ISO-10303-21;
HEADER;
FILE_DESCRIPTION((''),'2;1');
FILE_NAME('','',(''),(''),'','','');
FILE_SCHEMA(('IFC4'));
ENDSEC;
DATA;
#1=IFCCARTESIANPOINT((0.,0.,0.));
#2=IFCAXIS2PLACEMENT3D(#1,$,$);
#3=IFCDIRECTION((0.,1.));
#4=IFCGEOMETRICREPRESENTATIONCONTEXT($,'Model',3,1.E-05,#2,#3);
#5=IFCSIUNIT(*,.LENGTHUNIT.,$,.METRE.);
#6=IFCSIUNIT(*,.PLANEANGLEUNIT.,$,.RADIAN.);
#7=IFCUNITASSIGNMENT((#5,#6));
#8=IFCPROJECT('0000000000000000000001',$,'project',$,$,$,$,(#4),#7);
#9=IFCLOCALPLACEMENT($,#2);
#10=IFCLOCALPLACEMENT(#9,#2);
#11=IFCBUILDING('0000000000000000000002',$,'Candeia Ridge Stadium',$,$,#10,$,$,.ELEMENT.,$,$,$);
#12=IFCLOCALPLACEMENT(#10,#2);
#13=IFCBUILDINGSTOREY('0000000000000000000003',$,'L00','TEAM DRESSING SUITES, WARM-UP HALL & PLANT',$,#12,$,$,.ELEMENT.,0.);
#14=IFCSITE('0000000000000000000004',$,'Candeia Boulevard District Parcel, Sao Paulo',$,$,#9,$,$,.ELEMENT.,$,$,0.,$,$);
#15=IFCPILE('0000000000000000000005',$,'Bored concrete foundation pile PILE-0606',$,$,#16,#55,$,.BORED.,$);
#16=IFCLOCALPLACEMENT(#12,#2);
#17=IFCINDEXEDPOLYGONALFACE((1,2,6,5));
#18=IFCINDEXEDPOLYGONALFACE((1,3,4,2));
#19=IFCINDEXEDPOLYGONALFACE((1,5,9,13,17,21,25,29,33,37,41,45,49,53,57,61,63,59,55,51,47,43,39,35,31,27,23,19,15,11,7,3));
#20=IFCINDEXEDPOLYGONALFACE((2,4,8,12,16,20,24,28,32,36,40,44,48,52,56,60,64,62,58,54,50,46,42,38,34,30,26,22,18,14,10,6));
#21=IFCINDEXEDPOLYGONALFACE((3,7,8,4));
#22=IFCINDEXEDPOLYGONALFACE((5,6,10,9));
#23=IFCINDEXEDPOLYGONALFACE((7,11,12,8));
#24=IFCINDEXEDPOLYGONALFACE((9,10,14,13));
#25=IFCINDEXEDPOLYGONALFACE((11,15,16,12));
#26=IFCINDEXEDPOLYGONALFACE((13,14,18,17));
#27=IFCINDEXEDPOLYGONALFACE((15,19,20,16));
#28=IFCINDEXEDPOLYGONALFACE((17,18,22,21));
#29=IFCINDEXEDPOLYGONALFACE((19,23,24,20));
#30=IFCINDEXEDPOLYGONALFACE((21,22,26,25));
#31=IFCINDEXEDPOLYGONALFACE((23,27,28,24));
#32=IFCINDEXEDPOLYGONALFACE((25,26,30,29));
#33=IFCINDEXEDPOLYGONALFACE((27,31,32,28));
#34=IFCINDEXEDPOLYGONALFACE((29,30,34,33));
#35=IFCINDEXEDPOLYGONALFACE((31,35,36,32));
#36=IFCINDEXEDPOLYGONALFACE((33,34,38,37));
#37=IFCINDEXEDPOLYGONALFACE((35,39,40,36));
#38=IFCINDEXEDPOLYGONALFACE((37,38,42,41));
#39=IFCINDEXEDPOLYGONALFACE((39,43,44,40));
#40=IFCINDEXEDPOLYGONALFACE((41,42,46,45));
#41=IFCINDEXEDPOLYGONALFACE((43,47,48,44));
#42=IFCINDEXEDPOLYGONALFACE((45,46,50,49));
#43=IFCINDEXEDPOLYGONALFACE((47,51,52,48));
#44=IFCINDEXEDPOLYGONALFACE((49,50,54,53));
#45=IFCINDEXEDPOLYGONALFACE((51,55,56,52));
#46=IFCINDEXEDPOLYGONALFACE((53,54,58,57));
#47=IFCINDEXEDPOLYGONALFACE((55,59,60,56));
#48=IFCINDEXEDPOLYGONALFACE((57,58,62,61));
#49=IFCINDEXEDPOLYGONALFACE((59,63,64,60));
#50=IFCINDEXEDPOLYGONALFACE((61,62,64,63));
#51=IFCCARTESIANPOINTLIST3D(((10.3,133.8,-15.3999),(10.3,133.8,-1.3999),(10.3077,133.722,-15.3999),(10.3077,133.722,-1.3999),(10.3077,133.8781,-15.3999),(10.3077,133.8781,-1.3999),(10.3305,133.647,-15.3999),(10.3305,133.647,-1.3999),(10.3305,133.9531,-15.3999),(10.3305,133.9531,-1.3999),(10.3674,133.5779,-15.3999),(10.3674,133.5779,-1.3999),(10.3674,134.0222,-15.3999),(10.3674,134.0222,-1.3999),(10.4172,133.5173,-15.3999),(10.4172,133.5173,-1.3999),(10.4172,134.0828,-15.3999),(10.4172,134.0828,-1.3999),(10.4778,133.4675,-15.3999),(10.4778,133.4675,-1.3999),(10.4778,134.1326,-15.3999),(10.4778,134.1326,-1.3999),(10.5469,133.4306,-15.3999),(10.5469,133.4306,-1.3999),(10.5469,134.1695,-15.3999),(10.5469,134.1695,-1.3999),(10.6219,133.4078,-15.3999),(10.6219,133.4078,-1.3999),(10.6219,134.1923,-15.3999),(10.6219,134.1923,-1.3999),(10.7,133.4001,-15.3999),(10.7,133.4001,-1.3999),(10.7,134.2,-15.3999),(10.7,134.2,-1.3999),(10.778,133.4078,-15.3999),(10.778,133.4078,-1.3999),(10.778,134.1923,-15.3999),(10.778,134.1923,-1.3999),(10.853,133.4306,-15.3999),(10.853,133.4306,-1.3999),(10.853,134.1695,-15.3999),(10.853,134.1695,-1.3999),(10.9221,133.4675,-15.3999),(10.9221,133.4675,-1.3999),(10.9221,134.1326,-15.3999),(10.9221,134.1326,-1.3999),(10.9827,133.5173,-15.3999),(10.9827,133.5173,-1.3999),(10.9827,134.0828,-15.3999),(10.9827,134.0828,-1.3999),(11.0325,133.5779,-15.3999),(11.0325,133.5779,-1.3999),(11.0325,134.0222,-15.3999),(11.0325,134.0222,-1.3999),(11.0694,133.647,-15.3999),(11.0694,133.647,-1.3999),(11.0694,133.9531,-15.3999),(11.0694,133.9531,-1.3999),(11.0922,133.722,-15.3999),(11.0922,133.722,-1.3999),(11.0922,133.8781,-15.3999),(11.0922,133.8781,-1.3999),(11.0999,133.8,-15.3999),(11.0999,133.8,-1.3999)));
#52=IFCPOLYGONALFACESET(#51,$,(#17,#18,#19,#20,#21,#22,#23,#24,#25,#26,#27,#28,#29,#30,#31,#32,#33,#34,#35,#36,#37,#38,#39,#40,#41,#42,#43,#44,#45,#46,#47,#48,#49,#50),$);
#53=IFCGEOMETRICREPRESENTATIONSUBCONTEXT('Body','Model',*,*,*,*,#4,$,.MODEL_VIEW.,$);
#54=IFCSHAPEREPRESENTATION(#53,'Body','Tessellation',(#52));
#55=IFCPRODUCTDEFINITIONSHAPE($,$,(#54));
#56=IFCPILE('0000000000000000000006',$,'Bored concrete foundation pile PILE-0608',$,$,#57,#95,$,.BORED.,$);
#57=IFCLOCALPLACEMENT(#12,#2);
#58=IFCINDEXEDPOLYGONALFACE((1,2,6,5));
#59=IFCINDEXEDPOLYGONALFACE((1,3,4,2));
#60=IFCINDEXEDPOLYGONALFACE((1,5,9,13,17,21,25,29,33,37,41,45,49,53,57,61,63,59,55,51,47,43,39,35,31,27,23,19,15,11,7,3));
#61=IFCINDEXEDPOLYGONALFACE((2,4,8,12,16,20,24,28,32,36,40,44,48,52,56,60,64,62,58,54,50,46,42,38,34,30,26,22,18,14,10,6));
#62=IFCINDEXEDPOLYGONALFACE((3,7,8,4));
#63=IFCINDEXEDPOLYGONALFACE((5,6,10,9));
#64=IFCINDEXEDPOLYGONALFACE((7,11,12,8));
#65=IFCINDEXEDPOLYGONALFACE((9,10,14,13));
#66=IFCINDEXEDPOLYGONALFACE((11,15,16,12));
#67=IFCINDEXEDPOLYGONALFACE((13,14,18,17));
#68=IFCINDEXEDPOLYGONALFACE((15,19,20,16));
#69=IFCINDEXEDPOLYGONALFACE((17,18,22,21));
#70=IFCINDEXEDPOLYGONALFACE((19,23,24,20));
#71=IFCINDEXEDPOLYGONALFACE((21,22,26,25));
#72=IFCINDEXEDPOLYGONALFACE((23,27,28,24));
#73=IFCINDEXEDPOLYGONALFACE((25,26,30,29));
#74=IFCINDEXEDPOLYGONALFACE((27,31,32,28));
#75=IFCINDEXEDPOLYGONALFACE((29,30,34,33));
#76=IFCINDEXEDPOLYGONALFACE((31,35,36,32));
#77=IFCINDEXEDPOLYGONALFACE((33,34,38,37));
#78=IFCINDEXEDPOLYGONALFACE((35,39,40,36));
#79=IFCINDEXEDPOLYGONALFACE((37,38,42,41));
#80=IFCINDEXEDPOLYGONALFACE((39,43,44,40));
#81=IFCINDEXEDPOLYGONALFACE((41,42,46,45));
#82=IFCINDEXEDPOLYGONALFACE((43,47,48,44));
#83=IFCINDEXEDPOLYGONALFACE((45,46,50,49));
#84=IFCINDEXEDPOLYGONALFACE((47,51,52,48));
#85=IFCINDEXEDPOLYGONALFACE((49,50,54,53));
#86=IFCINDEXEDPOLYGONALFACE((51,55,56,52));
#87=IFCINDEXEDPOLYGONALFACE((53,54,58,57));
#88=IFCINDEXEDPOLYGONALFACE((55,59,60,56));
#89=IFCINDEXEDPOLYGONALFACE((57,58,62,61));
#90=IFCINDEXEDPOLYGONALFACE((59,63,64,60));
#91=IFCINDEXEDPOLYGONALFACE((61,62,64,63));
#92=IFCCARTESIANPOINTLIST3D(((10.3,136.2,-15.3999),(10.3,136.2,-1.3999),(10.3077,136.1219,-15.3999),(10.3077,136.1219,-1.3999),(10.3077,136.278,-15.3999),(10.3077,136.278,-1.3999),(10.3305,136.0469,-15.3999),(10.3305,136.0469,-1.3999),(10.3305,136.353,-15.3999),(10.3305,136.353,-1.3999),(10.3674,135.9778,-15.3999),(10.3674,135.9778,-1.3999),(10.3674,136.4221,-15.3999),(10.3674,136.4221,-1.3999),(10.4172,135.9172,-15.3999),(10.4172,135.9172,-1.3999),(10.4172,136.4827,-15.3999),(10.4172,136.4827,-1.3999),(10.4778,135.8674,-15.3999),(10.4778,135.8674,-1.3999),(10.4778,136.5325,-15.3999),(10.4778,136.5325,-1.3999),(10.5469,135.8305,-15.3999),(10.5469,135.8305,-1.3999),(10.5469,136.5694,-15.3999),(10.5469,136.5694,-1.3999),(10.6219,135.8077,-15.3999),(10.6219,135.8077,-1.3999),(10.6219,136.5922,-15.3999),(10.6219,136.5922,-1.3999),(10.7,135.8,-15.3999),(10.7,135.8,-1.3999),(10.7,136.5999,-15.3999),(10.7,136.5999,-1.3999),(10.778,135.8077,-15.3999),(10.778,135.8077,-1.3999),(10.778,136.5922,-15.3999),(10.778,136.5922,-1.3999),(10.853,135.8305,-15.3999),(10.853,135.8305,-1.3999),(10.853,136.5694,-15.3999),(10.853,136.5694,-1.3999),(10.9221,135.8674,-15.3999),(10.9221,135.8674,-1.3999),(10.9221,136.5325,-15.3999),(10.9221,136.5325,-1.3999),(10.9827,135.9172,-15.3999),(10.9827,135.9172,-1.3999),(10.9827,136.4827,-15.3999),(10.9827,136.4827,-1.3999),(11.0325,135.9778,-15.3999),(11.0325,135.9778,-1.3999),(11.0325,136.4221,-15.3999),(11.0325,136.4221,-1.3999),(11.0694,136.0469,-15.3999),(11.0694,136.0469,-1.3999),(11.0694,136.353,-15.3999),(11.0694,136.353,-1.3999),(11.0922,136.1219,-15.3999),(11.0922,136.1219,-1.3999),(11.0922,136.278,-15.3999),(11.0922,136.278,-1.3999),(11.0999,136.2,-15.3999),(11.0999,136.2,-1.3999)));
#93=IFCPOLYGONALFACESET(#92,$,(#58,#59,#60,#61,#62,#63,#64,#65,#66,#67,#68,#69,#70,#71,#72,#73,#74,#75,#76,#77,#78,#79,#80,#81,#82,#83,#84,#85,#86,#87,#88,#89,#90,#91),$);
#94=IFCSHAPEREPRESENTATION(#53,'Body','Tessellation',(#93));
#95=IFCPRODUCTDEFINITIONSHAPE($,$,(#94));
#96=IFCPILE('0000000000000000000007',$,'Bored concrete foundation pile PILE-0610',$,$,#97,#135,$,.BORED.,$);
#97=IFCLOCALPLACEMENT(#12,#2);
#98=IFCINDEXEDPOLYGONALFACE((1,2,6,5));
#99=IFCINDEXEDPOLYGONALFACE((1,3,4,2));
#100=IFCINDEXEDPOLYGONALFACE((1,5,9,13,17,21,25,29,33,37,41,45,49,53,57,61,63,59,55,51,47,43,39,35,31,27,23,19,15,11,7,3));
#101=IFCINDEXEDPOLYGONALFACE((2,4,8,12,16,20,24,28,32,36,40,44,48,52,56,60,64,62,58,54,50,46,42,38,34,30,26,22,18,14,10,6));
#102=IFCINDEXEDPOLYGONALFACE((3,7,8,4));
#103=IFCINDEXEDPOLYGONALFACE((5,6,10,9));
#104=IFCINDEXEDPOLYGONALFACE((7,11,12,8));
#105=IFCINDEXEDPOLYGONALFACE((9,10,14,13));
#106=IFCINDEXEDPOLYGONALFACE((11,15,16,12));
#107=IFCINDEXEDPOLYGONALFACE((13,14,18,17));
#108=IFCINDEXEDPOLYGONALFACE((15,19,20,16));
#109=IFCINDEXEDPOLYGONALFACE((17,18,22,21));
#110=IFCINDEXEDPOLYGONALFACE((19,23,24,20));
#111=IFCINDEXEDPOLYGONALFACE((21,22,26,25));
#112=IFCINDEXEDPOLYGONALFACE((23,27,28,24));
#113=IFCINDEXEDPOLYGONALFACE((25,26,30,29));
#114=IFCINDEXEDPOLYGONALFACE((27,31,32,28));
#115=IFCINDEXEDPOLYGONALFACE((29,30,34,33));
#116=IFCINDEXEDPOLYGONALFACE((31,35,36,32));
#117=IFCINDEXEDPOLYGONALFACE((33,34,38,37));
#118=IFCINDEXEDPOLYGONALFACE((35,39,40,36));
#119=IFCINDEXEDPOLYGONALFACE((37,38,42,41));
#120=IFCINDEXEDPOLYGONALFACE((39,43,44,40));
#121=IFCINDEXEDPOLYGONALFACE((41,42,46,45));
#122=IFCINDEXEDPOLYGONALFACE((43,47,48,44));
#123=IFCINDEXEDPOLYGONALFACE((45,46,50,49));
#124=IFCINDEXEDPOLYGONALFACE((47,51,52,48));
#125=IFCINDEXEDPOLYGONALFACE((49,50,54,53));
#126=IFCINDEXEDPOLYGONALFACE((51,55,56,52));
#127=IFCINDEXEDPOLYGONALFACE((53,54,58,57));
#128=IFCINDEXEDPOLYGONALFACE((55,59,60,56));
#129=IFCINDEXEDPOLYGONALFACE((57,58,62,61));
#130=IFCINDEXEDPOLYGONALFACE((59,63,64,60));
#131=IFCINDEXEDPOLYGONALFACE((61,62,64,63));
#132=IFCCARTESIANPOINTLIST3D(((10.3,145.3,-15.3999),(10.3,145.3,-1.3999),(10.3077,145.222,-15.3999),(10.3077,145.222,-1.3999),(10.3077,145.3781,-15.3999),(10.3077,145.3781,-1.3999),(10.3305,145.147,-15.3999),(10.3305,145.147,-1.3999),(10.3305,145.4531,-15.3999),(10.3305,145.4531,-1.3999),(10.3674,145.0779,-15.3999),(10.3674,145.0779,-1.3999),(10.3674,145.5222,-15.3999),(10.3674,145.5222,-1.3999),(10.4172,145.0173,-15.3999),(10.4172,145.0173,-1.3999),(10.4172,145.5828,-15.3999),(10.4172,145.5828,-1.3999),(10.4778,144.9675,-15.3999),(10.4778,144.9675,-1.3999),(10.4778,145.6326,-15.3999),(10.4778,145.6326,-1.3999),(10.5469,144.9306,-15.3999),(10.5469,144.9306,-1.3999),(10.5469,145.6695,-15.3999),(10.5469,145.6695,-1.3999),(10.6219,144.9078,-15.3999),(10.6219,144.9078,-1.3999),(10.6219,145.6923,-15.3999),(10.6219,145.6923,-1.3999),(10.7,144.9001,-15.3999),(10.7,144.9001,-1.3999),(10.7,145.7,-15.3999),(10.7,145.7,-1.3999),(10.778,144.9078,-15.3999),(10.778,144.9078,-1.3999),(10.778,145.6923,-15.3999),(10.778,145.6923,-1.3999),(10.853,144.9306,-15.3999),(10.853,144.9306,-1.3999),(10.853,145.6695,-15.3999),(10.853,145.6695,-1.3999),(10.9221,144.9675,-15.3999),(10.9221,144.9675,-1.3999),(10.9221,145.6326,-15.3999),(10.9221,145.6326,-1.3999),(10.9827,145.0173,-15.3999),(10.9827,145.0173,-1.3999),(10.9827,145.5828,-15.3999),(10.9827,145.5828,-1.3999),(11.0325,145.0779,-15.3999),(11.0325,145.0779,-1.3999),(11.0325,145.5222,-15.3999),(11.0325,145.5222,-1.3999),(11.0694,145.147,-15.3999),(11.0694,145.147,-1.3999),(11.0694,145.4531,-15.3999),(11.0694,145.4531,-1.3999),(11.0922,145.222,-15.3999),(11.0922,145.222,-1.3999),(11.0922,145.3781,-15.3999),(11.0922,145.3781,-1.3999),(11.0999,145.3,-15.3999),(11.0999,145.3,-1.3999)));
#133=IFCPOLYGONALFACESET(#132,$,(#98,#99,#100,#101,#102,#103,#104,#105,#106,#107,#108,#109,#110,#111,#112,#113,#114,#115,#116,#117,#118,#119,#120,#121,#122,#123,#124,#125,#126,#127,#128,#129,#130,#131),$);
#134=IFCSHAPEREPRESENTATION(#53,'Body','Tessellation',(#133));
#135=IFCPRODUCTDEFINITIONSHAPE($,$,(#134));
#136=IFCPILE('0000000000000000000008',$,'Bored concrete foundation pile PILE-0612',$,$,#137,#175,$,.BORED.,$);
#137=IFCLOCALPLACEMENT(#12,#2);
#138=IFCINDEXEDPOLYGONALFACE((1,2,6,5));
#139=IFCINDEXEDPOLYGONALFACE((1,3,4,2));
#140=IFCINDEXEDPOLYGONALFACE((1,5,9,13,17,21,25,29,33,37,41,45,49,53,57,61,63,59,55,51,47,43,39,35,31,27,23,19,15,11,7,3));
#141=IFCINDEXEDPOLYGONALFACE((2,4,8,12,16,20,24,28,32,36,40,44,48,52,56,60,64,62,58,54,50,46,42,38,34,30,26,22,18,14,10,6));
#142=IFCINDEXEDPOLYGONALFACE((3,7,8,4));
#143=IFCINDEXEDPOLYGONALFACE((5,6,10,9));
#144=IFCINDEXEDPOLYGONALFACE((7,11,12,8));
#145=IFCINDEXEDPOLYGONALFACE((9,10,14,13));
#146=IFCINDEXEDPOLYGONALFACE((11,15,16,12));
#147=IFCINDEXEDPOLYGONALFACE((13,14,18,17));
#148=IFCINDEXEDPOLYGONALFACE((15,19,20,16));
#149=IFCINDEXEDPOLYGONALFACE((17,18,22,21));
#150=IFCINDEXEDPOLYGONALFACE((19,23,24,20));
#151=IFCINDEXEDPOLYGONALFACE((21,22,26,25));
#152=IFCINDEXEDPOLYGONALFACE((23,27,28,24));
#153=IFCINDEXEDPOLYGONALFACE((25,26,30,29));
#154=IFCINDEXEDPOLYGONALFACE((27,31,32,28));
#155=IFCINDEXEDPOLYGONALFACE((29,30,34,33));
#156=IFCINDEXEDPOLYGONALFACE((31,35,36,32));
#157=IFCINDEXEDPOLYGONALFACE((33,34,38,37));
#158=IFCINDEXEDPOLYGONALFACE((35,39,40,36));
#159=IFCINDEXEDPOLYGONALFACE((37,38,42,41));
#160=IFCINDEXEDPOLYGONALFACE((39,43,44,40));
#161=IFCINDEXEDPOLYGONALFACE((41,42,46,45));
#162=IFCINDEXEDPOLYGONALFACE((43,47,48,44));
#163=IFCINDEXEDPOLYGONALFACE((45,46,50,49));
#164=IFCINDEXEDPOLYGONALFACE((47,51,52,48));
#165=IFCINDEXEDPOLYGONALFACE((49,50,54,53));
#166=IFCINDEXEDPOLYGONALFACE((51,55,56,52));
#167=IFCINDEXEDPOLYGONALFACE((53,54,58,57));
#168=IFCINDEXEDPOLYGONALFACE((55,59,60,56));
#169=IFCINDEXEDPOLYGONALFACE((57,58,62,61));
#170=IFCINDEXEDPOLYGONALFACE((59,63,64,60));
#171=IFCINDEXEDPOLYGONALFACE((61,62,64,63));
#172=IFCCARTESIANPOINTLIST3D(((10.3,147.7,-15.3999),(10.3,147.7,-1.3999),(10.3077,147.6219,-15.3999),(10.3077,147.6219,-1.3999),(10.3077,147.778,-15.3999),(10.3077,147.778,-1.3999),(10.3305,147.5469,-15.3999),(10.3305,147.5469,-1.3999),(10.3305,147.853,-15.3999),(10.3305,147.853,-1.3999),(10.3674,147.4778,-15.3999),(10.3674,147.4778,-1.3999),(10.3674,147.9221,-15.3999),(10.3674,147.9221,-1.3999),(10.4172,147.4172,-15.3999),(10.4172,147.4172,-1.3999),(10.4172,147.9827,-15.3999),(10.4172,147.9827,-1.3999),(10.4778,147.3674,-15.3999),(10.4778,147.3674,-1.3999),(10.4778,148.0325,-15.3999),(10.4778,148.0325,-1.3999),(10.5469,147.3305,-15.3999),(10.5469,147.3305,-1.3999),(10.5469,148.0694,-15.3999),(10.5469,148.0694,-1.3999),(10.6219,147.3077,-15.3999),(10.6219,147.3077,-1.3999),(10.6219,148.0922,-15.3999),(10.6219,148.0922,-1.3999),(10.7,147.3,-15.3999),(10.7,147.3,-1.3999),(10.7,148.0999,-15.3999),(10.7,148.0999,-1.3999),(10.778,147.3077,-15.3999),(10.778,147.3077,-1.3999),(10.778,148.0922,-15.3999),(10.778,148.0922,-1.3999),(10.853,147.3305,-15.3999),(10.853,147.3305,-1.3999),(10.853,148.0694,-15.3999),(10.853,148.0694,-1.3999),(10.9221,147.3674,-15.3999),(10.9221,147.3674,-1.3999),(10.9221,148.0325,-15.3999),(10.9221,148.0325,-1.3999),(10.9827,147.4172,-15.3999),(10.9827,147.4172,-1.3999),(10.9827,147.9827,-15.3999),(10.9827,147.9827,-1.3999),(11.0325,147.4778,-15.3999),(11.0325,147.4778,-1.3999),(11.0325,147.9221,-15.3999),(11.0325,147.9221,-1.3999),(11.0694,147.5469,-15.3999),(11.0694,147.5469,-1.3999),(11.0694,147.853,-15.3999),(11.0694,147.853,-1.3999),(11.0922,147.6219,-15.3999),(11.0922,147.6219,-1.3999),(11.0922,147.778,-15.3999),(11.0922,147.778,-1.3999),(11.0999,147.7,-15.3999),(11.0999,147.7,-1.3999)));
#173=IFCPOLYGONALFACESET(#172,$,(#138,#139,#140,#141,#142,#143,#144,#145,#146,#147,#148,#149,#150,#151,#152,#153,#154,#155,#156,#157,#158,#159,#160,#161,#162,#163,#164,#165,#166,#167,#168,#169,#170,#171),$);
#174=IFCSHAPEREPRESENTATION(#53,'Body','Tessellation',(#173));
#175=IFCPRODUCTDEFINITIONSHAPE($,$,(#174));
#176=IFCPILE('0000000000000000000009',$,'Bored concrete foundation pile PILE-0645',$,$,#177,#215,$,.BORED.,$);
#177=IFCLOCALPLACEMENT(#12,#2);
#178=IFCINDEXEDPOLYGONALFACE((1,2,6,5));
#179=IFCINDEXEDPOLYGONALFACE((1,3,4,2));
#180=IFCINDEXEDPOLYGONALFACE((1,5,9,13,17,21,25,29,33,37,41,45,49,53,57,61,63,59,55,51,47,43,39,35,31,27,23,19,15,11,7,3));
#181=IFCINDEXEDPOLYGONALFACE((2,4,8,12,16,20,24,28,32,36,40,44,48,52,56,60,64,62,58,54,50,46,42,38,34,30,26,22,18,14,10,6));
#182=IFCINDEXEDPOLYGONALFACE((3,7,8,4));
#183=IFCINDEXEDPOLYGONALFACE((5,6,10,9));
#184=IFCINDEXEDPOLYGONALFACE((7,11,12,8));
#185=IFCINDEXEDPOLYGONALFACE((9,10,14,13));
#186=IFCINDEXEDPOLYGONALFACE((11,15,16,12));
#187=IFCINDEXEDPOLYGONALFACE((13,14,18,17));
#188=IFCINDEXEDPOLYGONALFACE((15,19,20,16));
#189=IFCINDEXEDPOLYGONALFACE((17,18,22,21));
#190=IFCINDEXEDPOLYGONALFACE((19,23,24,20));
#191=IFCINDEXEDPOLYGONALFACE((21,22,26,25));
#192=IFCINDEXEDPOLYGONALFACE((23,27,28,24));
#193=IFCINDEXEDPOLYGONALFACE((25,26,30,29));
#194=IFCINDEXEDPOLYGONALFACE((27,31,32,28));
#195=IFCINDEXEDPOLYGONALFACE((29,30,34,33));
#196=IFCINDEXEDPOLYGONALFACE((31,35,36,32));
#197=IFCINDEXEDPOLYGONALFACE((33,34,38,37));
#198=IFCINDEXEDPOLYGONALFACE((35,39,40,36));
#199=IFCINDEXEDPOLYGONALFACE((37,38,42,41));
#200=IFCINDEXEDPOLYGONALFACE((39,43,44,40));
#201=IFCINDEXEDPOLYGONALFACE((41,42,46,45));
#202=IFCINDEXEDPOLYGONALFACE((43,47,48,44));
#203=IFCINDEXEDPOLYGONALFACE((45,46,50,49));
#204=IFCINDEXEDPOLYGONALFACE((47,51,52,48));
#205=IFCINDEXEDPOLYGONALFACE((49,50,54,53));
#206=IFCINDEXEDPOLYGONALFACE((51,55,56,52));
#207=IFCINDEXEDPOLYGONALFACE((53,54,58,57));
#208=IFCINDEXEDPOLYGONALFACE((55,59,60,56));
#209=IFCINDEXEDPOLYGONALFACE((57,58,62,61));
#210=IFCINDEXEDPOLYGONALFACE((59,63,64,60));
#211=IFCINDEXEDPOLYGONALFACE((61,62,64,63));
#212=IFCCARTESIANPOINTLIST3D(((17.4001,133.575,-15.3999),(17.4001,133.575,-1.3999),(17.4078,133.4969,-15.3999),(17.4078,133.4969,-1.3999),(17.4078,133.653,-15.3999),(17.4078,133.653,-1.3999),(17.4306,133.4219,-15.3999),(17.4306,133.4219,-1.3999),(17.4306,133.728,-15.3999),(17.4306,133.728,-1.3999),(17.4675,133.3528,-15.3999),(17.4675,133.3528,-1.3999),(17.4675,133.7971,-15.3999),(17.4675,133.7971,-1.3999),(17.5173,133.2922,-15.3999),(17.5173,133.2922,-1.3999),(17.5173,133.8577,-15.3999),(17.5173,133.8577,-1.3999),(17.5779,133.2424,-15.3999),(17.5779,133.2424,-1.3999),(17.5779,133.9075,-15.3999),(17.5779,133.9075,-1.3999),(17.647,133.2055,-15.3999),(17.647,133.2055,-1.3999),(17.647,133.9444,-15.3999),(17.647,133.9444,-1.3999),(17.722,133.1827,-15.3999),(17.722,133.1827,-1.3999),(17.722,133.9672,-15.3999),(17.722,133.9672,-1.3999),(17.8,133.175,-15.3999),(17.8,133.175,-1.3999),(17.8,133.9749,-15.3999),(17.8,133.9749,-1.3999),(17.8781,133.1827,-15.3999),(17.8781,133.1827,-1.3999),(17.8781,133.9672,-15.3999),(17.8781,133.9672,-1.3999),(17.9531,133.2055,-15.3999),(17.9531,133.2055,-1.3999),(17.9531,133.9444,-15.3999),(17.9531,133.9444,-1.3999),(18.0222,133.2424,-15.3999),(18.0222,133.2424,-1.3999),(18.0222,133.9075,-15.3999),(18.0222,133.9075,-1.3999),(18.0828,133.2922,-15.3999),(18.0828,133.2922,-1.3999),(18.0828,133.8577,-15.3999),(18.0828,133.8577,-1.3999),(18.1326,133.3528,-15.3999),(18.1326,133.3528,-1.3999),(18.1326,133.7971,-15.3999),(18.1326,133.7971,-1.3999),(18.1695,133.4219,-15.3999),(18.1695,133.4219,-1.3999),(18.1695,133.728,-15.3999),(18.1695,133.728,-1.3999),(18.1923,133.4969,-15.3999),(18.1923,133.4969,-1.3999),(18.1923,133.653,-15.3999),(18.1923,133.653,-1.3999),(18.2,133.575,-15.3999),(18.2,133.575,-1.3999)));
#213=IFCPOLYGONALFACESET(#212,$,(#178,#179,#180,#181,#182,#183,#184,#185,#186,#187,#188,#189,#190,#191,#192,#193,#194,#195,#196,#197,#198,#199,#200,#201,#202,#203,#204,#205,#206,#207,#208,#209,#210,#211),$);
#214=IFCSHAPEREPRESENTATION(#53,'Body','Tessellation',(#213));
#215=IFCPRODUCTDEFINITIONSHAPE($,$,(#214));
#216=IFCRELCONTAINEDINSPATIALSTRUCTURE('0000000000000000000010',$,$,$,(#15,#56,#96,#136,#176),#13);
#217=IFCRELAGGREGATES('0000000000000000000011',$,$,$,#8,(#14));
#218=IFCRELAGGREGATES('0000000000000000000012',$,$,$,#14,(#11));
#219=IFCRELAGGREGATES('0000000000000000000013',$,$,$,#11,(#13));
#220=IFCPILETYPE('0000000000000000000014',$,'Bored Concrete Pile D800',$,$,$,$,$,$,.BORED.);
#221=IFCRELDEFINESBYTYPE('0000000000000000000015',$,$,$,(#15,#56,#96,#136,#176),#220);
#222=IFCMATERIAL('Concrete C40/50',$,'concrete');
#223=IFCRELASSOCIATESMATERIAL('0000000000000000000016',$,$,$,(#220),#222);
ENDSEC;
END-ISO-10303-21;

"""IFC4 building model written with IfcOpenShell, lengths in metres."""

from ifc_helpers import new_model, si_unit, direction, frame, origin, origin_2d, place, context, subcontext, project, spatial, circle, extrude, material, material_profile, profile_set, type_object, element, save


model = new_model("IFC4")

# Units and contexts
model_context = context("Model", 3, precision=1e-05, world=origin(), true_north=direction((0.0, 1.0)))
body_context = subcontext(model_context, "Body", "Model", "MODEL_VIEW")
ifc_project = project(units=[si_unit("LENGTHUNIT", "METRE"), si_unit("PLANEANGLEUNIT", "RADIAN")], contexts=[model_context])

# Site, building, storey
site_placement = place(None, origin())
site = spatial("IfcSite", under=ifc_project, at=site_placement, Name="Candeia Boulevard District Parcel, Sao Paulo", CompositionType="ELEMENT", RefElevation=0.0)
building_placement = place(site_placement, origin())
building = spatial("IfcBuilding", under=site, at=building_placement, Name="Candeia Ridge Stadium", CompositionType="ELEMENT")
storey_placement = place(building_placement, origin())
storey = spatial("IfcBuildingStorey", under=building, at=storey_placement, Name="L00", Description="TEAM DRESSING SUITES, WARM-UP HALL & PLANT", CompositionType="ELEMENT", Elevation=0.0)

# Piles
ifc_material_1 = material(Name="Concrete C40/50", Category="concrete")
ifc_material_profile_1 = material_profile(ifc_material_1, circle(Radius=0.3999, at=origin_2d()), Name="PILE-D800", Category="concrete")
ifc_profile_set_1 = profile_set([ifc_material_profile_1], Name="Concrete C40/50")
pile_type = type_object("IfcPileType", Name="Bored Concrete Pile D800", PredefinedType="BORED", material=ifc_profile_set_1)
for number, where, z_axis, x_axis, name in (
    (1, (10.7, 133.8, -1.3999), (0.0, 0.0, -1.0), (1.0, 0.0, 0.0), "Bored concrete foundation pile PILE-0606"),
    (2, (10.7, 136.2, -1.3999), (0.0, 0.0, -1.0), (1.0, 0.0, 0.0), "Bored concrete foundation pile PILE-0608"),
    (3, (10.7, 145.3, -1.3999), (0.0, 0.0, -1.0), (1.0, 0.0, 0.0), "Bored concrete foundation pile PILE-0610"),
    (4, (10.7, 147.7, -1.3999), (0.0, 0.0, -1.0), (1.0, 0.0, 0.0), "Bored concrete foundation pile PILE-0612"),
    (5, (17.8, 133.575, -1.3999), (0.0, 0.0, -1.0), (1.0, 0.0, 0.0), "Bored concrete foundation pile PILE-0645"),
):
    element("IfcPile", number, at=place(storey_placement, frame(where, z_axis=z_axis, x_axis=x_axis)), inside=storey, type_object=pile_type, Name=name, PredefinedType="BORED", context=body_context, shape_type="SweptSolid", body=[
        extrude(circle(Radius=0.3999, at=origin_2d()), origin(), (0.0, 0.0, 1.0), 14.0),
    ])

save(model, "model.ifc")
